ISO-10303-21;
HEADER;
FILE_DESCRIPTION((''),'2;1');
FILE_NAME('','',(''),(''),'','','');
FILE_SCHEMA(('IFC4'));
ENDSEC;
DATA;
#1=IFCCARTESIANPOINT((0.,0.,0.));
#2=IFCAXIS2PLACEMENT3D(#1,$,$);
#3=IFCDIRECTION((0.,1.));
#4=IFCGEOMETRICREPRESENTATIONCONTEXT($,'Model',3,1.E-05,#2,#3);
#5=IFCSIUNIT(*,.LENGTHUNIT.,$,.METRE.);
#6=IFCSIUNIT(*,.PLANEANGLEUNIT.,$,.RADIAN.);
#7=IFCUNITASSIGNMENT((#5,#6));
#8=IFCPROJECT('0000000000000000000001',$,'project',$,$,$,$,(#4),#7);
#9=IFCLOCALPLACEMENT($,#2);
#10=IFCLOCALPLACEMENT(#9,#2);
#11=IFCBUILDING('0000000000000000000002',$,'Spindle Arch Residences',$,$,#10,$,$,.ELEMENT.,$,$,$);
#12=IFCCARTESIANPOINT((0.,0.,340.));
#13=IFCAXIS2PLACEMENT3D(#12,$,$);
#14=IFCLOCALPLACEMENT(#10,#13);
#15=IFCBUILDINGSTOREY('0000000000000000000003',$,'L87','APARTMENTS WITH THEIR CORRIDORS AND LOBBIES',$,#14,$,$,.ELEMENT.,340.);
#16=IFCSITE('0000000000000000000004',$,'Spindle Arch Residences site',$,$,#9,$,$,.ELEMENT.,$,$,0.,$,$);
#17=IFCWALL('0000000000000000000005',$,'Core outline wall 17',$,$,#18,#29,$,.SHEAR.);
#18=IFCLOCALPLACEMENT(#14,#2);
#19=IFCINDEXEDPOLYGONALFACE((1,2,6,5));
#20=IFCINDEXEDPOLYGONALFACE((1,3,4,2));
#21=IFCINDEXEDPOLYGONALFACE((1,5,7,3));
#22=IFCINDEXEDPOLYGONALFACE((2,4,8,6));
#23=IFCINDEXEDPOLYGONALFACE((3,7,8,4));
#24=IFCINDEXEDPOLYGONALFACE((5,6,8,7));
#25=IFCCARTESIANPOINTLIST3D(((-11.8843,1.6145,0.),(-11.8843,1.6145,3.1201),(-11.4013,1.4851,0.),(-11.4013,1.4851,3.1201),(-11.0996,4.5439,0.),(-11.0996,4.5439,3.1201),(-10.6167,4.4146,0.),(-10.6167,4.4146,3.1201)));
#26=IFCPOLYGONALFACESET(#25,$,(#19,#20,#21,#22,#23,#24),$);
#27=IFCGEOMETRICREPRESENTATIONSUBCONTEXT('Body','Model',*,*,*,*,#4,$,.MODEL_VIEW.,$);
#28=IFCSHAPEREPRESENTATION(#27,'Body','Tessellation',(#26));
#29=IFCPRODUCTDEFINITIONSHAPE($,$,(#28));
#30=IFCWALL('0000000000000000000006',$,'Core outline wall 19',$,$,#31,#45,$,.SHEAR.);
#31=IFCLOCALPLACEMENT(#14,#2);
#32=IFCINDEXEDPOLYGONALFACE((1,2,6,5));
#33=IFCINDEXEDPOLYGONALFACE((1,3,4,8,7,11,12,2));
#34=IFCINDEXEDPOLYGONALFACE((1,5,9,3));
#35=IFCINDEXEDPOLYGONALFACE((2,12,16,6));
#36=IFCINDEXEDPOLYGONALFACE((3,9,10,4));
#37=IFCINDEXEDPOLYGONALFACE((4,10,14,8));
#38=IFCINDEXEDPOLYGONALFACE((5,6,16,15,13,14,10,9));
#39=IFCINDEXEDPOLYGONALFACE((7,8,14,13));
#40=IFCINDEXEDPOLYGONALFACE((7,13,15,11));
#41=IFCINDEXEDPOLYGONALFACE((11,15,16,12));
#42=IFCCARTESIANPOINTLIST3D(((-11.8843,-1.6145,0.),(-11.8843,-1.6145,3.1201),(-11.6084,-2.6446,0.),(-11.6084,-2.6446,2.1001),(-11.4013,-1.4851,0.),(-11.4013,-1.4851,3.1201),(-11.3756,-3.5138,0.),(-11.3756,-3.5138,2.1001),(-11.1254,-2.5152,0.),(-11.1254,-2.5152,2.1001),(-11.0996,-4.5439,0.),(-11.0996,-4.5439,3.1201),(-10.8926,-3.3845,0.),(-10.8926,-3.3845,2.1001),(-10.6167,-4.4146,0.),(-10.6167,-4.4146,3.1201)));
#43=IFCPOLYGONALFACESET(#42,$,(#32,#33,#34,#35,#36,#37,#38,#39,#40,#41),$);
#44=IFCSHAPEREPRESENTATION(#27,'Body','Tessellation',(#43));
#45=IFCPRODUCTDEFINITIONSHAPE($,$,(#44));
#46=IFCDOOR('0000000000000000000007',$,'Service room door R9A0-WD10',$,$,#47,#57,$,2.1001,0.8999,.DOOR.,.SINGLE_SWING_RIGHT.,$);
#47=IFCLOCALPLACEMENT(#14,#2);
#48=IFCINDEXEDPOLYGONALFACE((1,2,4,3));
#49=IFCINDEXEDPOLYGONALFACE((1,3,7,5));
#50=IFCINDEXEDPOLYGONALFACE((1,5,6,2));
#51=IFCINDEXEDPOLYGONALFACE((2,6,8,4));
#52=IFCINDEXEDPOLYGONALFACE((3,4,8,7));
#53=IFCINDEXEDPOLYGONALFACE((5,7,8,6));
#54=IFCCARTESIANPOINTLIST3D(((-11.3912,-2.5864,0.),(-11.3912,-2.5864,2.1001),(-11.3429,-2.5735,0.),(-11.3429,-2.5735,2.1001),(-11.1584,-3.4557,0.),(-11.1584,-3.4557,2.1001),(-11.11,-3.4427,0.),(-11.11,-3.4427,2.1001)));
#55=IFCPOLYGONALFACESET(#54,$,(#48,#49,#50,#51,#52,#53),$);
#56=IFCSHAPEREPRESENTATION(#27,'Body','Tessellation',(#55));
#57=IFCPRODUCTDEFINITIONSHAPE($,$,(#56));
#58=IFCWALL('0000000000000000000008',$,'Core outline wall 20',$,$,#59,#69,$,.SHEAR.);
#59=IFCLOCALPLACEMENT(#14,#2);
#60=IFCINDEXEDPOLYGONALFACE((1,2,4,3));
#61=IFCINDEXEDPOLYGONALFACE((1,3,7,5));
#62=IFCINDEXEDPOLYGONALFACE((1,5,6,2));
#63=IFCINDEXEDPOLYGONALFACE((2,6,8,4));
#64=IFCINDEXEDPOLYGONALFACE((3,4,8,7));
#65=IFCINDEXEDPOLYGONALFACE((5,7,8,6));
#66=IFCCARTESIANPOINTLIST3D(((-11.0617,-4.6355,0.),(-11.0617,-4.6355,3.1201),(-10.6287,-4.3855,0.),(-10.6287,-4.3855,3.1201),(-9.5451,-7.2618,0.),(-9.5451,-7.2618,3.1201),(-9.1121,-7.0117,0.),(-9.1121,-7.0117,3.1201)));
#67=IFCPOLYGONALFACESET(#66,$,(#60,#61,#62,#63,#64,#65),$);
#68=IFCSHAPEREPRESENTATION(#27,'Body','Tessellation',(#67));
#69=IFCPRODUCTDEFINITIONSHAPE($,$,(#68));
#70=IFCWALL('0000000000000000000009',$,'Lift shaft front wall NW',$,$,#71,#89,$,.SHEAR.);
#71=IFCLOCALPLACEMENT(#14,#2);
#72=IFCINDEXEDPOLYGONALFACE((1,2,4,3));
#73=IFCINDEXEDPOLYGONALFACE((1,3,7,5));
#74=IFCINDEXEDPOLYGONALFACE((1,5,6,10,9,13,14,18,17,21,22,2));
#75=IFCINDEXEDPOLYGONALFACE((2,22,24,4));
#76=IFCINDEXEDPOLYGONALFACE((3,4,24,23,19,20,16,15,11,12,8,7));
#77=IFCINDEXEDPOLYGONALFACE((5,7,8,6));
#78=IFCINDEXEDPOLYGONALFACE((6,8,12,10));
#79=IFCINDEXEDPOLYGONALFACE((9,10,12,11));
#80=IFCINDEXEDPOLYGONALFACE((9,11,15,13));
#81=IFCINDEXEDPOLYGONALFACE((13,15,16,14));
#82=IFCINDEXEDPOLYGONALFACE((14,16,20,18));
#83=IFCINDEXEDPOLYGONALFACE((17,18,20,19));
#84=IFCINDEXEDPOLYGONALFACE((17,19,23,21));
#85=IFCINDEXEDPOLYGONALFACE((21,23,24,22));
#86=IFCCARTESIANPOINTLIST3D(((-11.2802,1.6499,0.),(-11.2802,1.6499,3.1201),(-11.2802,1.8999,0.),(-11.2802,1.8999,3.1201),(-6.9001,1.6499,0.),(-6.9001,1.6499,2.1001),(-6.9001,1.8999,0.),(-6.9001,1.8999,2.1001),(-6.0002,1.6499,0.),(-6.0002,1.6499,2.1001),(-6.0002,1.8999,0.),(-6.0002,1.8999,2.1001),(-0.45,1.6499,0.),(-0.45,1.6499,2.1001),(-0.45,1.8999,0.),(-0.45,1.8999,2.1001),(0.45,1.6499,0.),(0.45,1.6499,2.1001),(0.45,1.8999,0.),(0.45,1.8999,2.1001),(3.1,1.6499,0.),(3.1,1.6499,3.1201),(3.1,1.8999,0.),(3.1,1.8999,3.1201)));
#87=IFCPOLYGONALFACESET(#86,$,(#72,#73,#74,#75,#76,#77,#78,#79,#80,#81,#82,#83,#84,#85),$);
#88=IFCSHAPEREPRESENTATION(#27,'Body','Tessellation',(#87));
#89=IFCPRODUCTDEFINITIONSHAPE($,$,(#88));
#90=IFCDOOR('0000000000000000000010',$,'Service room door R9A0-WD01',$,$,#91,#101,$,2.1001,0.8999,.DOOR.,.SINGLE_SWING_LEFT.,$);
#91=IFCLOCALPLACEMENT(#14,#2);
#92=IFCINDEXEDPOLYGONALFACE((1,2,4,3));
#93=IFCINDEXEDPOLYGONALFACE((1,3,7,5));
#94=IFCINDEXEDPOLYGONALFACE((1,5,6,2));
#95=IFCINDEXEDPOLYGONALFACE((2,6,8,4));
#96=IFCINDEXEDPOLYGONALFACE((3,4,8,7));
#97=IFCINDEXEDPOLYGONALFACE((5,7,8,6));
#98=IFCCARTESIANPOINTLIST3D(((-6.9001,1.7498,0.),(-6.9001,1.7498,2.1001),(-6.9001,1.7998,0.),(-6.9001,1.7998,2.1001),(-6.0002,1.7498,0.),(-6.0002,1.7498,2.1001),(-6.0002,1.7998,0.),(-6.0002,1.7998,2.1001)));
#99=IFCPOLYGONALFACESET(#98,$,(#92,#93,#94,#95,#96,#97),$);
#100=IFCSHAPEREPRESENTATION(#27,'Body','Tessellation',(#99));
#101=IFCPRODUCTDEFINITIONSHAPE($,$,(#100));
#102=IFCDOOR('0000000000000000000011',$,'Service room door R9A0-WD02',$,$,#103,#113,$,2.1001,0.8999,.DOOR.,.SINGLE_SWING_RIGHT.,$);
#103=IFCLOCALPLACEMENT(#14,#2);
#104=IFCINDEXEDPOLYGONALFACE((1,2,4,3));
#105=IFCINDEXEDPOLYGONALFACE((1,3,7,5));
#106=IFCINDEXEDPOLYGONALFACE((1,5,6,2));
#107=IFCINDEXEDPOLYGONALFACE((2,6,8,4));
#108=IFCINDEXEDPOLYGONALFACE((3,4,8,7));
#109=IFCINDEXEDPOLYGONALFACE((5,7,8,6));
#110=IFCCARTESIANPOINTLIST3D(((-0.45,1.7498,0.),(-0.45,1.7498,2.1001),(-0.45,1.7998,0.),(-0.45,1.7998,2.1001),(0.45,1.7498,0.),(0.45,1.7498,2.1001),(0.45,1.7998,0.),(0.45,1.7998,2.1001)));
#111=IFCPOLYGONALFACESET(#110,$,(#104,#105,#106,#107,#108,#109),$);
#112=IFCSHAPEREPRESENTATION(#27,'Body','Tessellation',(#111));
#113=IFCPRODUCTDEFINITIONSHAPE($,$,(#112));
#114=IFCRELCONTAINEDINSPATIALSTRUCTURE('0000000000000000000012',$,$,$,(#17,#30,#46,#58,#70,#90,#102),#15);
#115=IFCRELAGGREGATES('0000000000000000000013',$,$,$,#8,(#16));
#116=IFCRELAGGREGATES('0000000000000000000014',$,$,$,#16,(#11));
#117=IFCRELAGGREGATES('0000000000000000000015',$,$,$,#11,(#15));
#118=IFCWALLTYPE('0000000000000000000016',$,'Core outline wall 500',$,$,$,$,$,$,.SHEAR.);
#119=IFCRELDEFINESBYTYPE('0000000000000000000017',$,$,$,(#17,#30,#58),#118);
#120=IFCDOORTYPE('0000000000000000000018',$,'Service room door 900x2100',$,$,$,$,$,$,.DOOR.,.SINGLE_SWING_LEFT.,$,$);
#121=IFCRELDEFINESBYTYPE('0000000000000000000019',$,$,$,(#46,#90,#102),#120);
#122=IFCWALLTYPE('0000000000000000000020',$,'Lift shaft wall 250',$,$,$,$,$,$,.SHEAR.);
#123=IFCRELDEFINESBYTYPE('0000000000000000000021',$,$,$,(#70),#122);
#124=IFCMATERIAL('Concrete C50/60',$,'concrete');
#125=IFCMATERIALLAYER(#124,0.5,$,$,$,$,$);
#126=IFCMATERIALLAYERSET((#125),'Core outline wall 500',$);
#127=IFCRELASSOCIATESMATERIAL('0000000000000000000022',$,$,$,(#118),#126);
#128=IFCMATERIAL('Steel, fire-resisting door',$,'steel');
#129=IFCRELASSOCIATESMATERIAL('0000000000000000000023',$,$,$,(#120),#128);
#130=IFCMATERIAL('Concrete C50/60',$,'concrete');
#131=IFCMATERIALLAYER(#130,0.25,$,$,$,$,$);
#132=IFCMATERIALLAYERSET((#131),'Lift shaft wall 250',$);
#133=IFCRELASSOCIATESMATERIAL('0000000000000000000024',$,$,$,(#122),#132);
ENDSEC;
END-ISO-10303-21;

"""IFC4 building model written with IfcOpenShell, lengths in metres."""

from ifc_helpers import new_model, si_unit, direction, frame, frame_2d, origin, place, context, subcontext, project, spatial, rectangle, extrude, material, layer, layer_set, type_object, element, fill, save


model = new_model("IFC4")

# Units and contexts
model_context = context("Model", 3, precision=1e-05, world=origin(), true_north=direction((0.0, 1.0)))
body_context = subcontext(model_context, "Body", "Model", "MODEL_VIEW")
ifc_project = project(units=[si_unit("LENGTHUNIT", "METRE"), si_unit("PLANEANGLEUNIT", "RADIAN")], contexts=[model_context])

# Site, building, storey
site_placement = place(None, origin())
site = spatial("IfcSite", under=ifc_project, at=site_placement, Name="Spindle Arch Residences site", CompositionType="ELEMENT", RefElevation=0.0)
building_placement = place(site_placement, origin())
building = spatial("IfcBuilding", under=site, at=building_placement, Name="Spindle Arch Residences", CompositionType="ELEMENT")
storey_placement = place(building_placement, frame((0.0, 0.0, 340.0)))
storey = spatial("IfcBuildingStorey", under=building, at=storey_placement, Name="L87", Description="APARTMENTS WITH THEIR CORRIDORS AND LOBBIES", CompositionType="ELEMENT", Elevation=340.0)

# Wall
ifc_material_1 = material(Name="Concrete C50/60", Category="concrete")
ifc_layer_1 = layer(ifc_material_1, 0.5)
ifc_layer_set_1 = layer_set([ifc_layer_1], Name="Core outline wall 500")
wall_type_1 = type_object("IfcWallType", Name="Core outline wall 500", PredefinedType="SHEAR", material=ifc_layer_set_1)
wall_1_placement = place(storey_placement, frame((-10.8582, 4.4792, 0.0), z_axis=(0.0, 0.0, 1.0), x_axis=(-0.258735, -0.965948, 0.0)))
element("IfcWall", 1, at=wall_1_placement, inside=storey, type_object=wall_type_1, Name="Core outline wall 17", PredefinedType="SHEAR", context=body_context, shape_type="SweptSolid", body=[
    extrude(rectangle(XDim=3.0327, YDim=0.5, at=frame_2d((1.5164, 0.0))), origin(), (0.0, 0.0, 1.0), 3.1201),
])

# Wall, opening, door
wall_2_placement = place(storey_placement, frame((-11.6428, -1.5498, 0.0), z_axis=(0.0, 0.0, 1.0), x_axis=(0.258735, -0.965948, 0.0)))
wall_2 = element("IfcWall", 2, at=wall_2_placement, inside=storey, type_object=wall_type_1, Name="Core outline wall 19", PredefinedType="SHEAR", context=body_context, shape_type="SweptSolid", body=[
    extrude(rectangle(XDim=3.0327, YDim=0.5, at=frame_2d((1.5164, 0.0))), origin(), (0.0, 0.0, 1.0), 3.1201),
])
opening_1_placement = place(wall_2_placement, frame((1.0664, 0.0, 0.0)))
opening_1 = element("IfcOpeningElement", 3, at=opening_1_placement, cuts=wall_2, PredefinedType="OPENING", context=body_context, shape_type="SweptSolid", body=[
    extrude(rectangle(XDim=0.8999, YDim=2.1001, at=frame_2d((0.45, 1.05))), frame((0.0, 0.26, 0.0), z_axis=(0.0, -1.0, 0.0), x_axis=(1.0, 0.0, 0.0)), (0.0, 0.0, 1.0), 0.52),
])
ifc_material_2 = material(Name="Steel, fire-resisting door", Category="steel")
door_type_1 = type_object("IfcDoorType", Name="Service room door 900x2100", OperationType="SINGLE_SWING_LEFT", PredefinedType="DOOR", material=ifc_material_2)
door_1_placement = place(opening_1_placement, origin())
door_1 = element("IfcDoor", 4, at=door_1_placement, inside=storey, type_object=door_type_1, Name="Service room door R9A0-WD10", OperationType="SINGLE_SWING_RIGHT", OverallHeight=2.1001, OverallWidth=0.8999, PredefinedType="DOOR", context=body_context, shape_type="SweptSolid", body=[
    extrude(rectangle(XDim=0.8999, YDim=2.1001, at=frame_2d((0.45, 1.05))), frame((0.0, 0.0249, 0.0), z_axis=(0.0, -1.0, 0.0), x_axis=(1.0, 0.0, 0.0)), (0.0, 0.0, 1.0), 0.05),
])
fill(opening_1, door_1)

# Wall
wall_3_placement = place(storey_placement, frame((-10.8452, -4.5105, 0.0), z_axis=(0.0, 0.0, 1.0), x_axis=(0.500087, -0.865975, 0.0)))
element("IfcWall", 5, at=wall_3_placement, inside=storey, type_object=wall_type_1, Name="Core outline wall 20", PredefinedType="SHEAR", context=body_context, shape_type="SweptSolid", body=[
    extrude(rectangle(XDim=3.0327, YDim=0.5, at=frame_2d((1.5164, 0.0))), origin(), (0.0, 0.0, 1.0), 3.1201),
])

# Wall, openings, doors
ifc_material_3 = material(Name="Concrete C50/60", Category="concrete")
ifc_layer_2 = layer(ifc_material_3, 0.25)
ifc_layer_set_2 = layer_set([ifc_layer_2], Name="Lift shaft wall 250")
wall_type_2 = type_object("IfcWallType", Name="Lift shaft wall 250", PredefinedType="SHEAR", material=ifc_layer_set_2)
wall_4_placement = place(storey_placement, frame((-11.28, 1.7749, 0.0), z_axis=(0.0, 0.0, 1.0), x_axis=(1.0, 0.0, 0.0)))
wall_4 = element("IfcWall", 6, at=wall_4_placement, inside=storey, type_object=wall_type_2, Name="Lift shaft front wall NW", PredefinedType="SHEAR", context=body_context, shape_type="SweptSolid", body=[
    extrude(rectangle(XDim=14.3801, YDim=0.25, at=frame_2d((7.1899, 0.0))), origin(), (0.0, 0.0, 1.0), 3.1201),
])
opening_2_placement = place(wall_4_placement, frame((4.3799, 0.0, 0.0)))
opening_2 = element("IfcOpeningElement", 7, at=opening_2_placement, cuts=wall_4, PredefinedType="OPENING", context=body_context, shape_type="SweptSolid", body=[
    extrude(rectangle(XDim=0.8999, YDim=2.1001, at=frame_2d((0.45, 1.05))), frame((0.0, 0.135, 0.0), z_axis=(0.0, -1.0, 0.0), x_axis=(1.0, 0.0, 0.0)), (0.0, 0.0, 1.0), 0.27),
])
opening_3_placement = place(wall_4_placement, frame((10.8301, 0.0, 0.0)))
opening_3 = element("IfcOpeningElement", 8, at=opening_3_placement, cuts=wall_4, PredefinedType="OPENING", context=body_context, shape_type="SweptSolid", body=[
    extrude(rectangle(XDim=0.8999, YDim=2.1001, at=frame_2d((0.45, 1.05))), frame((0.0, 0.135, 0.0), z_axis=(0.0, -1.0, 0.0), x_axis=(1.0, 0.0, 0.0)), (0.0, 0.0, 1.0), 0.27),
])
door_2_placement = place(opening_2_placement, origin())
door_2 = element("IfcDoor", 9, at=door_2_placement, inside=storey, type_object=door_type_1, Name="Service room door R9A0-WD01", OperationType="SINGLE_SWING_LEFT", OverallHeight=2.1001, OverallWidth=0.8999, PredefinedType="DOOR", context=body_context, shape_type="SweptSolid", body=[
    extrude(rectangle(XDim=0.8999, YDim=2.1001, at=frame_2d((0.45, 1.05))), frame((0.0, 0.0249, 0.0), z_axis=(0.0, -1.0, 0.0), x_axis=(1.0, 0.0, 0.0)), (0.0, 0.0, 1.0), 0.05),
])
fill(opening_2, door_2)
door_3_placement = place(opening_3_placement, origin())
door_3 = element("IfcDoor", 10, at=door_3_placement, inside=storey, type_object=door_type_1, Name="Service room door R9A0-WD02", OperationType="SINGLE_SWING_RIGHT", OverallHeight=2.1001, OverallWidth=0.8999, PredefinedType="DOOR", context=body_context, shape_type="SweptSolid", body=[
    extrude(rectangle(XDim=0.8999, YDim=2.1001, at=frame_2d((0.45, 1.05))), frame((0.0, 0.0249, 0.0), z_axis=(0.0, -1.0, 0.0), x_axis=(1.0, 0.0, 0.0)), (0.0, 0.0, 1.0), 0.05),
])
fill(opening_3, door_3)

save(model, "model.ifc")
